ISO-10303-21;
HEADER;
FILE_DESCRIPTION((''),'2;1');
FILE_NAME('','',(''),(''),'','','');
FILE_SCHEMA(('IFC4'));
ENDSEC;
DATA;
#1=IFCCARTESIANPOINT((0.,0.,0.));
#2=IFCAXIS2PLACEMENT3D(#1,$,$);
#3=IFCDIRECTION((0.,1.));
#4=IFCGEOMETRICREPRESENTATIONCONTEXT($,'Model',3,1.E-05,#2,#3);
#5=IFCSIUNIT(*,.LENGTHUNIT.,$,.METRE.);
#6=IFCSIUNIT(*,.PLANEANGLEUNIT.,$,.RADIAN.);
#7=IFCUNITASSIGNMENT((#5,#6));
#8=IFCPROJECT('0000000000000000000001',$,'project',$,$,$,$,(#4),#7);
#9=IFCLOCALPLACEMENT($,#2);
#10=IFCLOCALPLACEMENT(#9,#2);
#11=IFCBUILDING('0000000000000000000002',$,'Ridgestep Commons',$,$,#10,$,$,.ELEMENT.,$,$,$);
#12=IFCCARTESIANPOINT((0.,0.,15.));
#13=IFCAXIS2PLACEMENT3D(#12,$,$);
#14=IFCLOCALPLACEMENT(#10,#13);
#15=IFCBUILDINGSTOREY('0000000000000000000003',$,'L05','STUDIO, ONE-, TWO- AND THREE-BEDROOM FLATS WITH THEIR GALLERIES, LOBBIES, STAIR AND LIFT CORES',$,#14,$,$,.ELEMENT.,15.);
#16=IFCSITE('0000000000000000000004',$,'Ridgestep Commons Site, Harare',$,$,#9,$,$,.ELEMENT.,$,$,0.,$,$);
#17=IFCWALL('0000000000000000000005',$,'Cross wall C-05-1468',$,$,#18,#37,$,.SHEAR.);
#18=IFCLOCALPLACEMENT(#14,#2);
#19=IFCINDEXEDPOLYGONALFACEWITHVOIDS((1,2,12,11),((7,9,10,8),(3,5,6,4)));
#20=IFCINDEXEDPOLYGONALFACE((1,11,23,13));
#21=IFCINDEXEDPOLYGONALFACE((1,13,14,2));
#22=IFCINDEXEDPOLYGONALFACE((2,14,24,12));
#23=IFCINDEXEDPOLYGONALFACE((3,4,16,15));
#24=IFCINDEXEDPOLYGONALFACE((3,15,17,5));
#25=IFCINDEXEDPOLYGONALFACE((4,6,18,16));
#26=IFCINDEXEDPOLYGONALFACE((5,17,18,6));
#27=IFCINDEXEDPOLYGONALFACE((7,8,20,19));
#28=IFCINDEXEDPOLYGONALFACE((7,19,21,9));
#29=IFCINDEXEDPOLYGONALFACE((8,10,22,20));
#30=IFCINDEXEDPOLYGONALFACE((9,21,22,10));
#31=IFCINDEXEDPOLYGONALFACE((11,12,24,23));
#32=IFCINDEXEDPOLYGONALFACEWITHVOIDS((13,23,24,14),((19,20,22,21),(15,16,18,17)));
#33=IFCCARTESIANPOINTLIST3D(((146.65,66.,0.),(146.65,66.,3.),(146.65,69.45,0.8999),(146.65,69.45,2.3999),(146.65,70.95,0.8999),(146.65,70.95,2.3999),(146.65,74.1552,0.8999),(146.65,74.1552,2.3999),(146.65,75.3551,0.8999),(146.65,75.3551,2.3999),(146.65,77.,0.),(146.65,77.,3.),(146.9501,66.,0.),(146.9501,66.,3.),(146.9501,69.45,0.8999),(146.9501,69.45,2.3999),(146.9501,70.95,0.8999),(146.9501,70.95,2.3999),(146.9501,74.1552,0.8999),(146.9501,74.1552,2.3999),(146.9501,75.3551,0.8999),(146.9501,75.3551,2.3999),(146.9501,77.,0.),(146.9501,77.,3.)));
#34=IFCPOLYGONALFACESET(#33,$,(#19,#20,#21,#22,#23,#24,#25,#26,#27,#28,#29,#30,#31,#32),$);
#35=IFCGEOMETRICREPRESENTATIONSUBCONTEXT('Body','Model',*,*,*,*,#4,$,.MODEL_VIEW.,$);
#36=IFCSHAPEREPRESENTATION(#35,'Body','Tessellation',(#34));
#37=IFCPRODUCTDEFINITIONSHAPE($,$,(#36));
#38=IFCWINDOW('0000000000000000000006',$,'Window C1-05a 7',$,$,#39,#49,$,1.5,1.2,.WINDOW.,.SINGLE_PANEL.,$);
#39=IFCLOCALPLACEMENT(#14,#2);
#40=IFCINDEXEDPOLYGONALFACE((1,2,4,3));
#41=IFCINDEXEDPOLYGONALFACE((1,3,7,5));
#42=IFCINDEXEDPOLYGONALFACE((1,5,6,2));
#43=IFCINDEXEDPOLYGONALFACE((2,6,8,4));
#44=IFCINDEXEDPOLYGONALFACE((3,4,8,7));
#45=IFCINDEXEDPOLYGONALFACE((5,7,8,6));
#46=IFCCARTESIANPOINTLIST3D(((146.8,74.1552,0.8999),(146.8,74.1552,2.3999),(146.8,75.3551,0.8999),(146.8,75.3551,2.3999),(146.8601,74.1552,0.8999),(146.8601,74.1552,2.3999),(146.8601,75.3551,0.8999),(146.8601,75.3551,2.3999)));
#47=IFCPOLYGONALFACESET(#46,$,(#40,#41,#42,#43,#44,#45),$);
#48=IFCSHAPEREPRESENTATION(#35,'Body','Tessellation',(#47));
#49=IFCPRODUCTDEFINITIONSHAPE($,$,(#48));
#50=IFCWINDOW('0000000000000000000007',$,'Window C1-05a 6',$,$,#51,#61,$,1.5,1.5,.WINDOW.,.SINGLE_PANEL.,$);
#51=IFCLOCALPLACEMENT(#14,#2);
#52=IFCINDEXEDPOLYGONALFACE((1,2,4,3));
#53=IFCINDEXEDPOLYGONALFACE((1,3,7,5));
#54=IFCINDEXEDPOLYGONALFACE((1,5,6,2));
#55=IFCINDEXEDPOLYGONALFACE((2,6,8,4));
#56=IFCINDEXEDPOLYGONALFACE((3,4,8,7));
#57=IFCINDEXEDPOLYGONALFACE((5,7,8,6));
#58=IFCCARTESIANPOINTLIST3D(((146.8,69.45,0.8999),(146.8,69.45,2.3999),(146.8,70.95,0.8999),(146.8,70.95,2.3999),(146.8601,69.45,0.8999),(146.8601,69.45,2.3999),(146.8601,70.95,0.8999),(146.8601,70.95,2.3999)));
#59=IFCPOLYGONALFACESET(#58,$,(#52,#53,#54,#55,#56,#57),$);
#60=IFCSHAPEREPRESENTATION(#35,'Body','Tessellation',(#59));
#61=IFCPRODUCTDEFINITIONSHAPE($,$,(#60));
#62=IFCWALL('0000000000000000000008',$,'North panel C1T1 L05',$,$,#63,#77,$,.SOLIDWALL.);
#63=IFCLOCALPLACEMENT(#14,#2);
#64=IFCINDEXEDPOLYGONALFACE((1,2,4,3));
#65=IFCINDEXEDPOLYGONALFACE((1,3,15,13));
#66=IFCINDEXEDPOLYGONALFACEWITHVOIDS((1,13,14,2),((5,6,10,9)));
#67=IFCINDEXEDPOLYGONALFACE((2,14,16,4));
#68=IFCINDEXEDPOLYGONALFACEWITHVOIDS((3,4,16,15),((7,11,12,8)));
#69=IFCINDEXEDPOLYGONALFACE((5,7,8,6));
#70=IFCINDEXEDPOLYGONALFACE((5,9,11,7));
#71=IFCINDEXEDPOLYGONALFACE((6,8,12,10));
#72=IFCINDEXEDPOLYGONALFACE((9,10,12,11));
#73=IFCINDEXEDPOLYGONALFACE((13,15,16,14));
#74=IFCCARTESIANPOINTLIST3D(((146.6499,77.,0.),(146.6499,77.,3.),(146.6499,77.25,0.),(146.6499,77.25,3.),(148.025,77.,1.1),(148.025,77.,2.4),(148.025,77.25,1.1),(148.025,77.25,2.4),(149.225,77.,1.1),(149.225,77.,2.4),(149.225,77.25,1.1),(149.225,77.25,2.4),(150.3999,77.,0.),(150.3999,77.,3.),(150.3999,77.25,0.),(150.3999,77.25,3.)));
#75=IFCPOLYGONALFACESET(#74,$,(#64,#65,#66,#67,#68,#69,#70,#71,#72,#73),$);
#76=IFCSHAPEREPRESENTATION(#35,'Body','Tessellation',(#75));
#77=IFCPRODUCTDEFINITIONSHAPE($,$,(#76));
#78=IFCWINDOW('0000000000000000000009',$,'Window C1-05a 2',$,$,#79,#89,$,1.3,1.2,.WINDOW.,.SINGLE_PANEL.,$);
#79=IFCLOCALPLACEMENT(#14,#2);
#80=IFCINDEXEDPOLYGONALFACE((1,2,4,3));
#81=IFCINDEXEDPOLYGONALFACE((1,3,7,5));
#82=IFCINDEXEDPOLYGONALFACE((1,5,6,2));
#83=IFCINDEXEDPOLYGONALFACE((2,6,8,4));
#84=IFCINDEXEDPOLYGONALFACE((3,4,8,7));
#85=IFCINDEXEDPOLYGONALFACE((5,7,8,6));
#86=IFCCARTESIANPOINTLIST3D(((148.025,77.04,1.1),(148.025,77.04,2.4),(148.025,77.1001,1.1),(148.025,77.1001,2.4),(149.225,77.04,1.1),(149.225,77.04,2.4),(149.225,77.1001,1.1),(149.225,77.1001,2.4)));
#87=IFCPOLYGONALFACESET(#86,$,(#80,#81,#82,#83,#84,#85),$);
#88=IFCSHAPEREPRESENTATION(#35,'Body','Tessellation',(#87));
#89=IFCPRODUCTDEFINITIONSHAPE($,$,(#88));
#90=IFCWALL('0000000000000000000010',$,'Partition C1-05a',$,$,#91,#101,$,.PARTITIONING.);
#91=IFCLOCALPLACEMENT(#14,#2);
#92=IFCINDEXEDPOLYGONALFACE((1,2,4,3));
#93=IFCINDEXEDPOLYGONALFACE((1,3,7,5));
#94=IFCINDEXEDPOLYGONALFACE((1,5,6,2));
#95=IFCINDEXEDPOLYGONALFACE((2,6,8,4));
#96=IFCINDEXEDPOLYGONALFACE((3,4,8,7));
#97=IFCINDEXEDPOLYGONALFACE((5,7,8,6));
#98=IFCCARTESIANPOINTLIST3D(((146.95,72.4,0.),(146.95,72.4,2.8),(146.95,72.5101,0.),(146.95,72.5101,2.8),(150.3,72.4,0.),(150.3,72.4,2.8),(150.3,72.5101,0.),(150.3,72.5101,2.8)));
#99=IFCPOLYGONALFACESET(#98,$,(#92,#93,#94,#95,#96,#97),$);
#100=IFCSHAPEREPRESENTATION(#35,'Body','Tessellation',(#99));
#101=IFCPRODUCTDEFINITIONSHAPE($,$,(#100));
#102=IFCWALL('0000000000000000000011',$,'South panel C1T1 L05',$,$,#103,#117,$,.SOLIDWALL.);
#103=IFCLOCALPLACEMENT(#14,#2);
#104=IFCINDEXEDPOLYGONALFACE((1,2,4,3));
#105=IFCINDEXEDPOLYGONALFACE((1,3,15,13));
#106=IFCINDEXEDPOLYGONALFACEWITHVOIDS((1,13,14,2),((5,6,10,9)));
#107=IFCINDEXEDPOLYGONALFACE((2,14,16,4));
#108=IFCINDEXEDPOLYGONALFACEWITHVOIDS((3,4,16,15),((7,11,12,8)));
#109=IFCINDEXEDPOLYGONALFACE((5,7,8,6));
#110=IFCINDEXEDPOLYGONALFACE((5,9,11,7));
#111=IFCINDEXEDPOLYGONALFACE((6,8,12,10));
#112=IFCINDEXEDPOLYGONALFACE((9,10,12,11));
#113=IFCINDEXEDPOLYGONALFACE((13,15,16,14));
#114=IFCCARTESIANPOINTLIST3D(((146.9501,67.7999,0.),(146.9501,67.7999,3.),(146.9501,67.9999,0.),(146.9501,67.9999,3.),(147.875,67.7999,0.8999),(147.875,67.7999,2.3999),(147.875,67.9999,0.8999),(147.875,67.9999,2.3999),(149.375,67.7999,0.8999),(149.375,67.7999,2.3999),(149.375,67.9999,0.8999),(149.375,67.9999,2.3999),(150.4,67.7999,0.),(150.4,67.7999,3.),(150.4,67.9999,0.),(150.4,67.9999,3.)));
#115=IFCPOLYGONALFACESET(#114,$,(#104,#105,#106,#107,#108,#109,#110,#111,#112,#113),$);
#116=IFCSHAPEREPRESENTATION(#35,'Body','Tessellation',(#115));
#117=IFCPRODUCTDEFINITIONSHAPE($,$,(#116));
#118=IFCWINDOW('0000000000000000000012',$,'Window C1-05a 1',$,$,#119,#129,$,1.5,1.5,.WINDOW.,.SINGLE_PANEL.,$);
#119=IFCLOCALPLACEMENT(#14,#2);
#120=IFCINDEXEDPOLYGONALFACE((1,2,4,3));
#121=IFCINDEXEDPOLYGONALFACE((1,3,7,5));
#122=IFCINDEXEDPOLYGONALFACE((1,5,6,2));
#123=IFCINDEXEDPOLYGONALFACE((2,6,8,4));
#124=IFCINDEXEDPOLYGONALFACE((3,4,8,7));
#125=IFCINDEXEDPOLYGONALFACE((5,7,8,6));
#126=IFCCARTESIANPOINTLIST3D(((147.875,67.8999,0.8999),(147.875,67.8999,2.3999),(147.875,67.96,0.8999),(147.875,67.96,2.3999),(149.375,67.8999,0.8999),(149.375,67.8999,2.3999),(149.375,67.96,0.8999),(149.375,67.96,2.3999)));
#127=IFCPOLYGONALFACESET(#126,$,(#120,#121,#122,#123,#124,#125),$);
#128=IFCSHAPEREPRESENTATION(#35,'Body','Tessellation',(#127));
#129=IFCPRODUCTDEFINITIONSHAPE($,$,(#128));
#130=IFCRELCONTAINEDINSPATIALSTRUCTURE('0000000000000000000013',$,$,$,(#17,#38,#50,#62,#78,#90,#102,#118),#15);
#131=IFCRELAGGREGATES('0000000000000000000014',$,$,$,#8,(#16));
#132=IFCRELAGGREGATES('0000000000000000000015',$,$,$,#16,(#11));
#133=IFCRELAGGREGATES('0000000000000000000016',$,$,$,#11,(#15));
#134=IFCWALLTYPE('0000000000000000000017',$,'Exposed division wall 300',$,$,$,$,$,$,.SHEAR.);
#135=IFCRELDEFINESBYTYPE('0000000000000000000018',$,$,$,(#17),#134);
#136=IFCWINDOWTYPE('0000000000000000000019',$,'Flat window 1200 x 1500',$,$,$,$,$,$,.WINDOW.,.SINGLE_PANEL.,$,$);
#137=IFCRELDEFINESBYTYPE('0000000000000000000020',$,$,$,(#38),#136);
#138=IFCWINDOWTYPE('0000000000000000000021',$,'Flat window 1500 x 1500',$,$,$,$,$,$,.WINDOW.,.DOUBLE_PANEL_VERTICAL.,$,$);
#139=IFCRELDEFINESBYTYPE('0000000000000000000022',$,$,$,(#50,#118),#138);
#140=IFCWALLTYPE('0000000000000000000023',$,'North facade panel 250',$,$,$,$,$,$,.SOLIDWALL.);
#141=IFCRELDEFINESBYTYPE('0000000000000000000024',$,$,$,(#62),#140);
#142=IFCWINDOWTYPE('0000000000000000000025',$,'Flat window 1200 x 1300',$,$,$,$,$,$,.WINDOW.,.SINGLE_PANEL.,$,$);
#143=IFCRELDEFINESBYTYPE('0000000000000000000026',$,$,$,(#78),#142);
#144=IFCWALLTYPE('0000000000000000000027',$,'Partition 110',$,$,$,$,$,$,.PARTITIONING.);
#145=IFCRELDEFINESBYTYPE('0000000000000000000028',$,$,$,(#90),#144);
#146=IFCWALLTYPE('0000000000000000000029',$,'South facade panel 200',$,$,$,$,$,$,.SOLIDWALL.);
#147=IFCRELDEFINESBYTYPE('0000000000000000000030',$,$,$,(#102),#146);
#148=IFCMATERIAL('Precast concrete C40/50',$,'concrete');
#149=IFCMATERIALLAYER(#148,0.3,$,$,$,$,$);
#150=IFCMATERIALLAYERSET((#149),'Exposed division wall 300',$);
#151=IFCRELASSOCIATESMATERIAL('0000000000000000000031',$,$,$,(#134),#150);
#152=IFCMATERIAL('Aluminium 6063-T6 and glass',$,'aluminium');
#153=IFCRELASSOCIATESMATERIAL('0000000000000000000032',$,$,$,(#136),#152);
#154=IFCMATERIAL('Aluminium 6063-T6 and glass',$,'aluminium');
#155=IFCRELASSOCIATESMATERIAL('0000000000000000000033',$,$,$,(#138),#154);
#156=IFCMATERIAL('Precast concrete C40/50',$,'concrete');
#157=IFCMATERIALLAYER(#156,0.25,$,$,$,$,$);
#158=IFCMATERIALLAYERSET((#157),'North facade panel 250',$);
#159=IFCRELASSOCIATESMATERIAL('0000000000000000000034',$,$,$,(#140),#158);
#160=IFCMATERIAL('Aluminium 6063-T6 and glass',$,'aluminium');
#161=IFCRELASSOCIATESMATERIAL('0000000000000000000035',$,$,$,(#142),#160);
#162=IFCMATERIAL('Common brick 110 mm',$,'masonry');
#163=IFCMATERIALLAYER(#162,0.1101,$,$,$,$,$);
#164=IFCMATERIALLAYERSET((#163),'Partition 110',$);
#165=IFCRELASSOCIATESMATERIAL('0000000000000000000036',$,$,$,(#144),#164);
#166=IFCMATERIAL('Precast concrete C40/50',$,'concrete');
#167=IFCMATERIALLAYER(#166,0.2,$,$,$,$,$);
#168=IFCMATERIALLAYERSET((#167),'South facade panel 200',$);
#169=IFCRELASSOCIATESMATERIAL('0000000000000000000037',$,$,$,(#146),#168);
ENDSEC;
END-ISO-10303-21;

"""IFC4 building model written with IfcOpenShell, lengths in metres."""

from ifc_helpers import new_model, si_unit, direction, frame, frame_2d, origin, place, context, subcontext, project, spatial, rectangle, extrude, material, layer, layer_set, type_object, element, fill, save


model = new_model("IFC4")

# Units and contexts
model_context = context("Model", 3, precision=1e-05, world=origin(), true_north=direction((0.0, 1.0)))
body_context = subcontext(model_context, "Body", "Model", "MODEL_VIEW")
ifc_project = project(units=[si_unit("LENGTHUNIT", "METRE"), si_unit("PLANEANGLEUNIT", "RADIAN")], contexts=[model_context])

# Site, building, storey
site_placement = place(None, origin())
site = spatial("IfcSite", under=ifc_project, at=site_placement, Name="Ridgestep Commons Site, Harare", CompositionType="ELEMENT", RefElevation=0.0)
building_placement = place(site_placement, origin())
building = spatial("IfcBuilding", under=site, at=building_placement, Name="Ridgestep Commons", CompositionType="ELEMENT")
storey_placement = place(building_placement, frame((0.0, 0.0, 15.0)))
storey = spatial("IfcBuildingStorey", under=building, at=storey_placement, Name="L05", Description="STUDIO, ONE-, TWO- AND THREE-BEDROOM FLATS WITH THEIR GALLERIES, LOBBIES, STAIR AND LIFT CORES", CompositionType="ELEMENT", Elevation=15.0)

# Wall, openings, windows
ifc_material_1 = material(Name="Precast concrete C40/50", Category="concrete")
ifc_layer_1 = layer(ifc_material_1, 0.3)
ifc_layer_set_1 = layer_set([ifc_layer_1], Name="Exposed division wall 300")
wall_type_1 = type_object("IfcWallType", Name="Exposed division wall 300", PredefinedType="SHEAR", material=ifc_layer_set_1)
wall_1_placement = place(storey_placement, frame((146.8, 66.0, 0.0), z_axis=(0.0, 0.0, 1.0), x_axis=(0.0, 1.0, 0.0)))
wall_1 = element("IfcWall", 1, at=wall_1_placement, inside=storey, type_object=wall_type_1, Name="Cross wall C-05-1468", PredefinedType="SHEAR", context=body_context, shape_type="SweptSolid", body=[
    extrude(rectangle(XDim=11.0, YDim=0.3, at=frame_2d((5.5, 0.0))), origin(), (0.0, 0.0, 1.0), 3.0),
])
opening_1_placement = place(wall_1_placement, frame((3.45, 0.0, 0.8999)))
opening_1 = element("IfcOpeningElement", 2, at=opening_1_placement, cuts=wall_1, PredefinedType="OPENING", context=body_context, shape_type="SweptSolid", body=[
    extrude(rectangle(XDim=1.5, YDim=1.5, at=frame_2d((0.75, 0.75))), frame((0.0, 0.1599, 0.0), z_axis=(0.0, -1.0, 0.0), x_axis=(1.0, 0.0, 0.0)), (0.0, 0.0, 1.0), 0.3201),
])
opening_2_placement = place(wall_1_placement, frame((8.155, 0.0, 0.8999)))
opening_2 = element("IfcOpeningElement", 3, at=opening_2_placement, cuts=wall_1, PredefinedType="OPENING", context=body_context, shape_type="SweptSolid", body=[
    extrude(rectangle(XDim=1.2, YDim=1.5, at=frame_2d((0.6001, 0.75))), frame((0.0, 0.1599, 0.0), z_axis=(0.0, -1.0, 0.0), x_axis=(1.0, 0.0, 0.0)), (0.0, 0.0, 1.0), 0.3201),
])
ifc_material_2 = material(Name="Aluminium 6063-T6 and glass", Category="aluminium")
window_type_1 = type_object("IfcWindowType", Name="Flat window 1200 x 1500", PartitioningType="SINGLE_PANEL", PredefinedType="WINDOW", material=ifc_material_2)
window_1_placement = place(opening_2_placement, origin())
window_1 = element("IfcWindow", 4, at=window_1_placement, inside=storey, type_object=window_type_1, Name="Window C1-05a 7", OverallHeight=1.5, OverallWidth=1.2, PartitioningType="SINGLE_PANEL", PredefinedType="WINDOW", context=body_context, shape_type="SweptSolid", body=[
    extrude(rectangle(XDim=1.2, YDim=1.5, at=frame_2d((0.6001, 0.75))), frame((0.0, 0.0, 0.0), z_axis=(0.0, -1.0, 0.0), x_axis=(1.0, 0.0, 0.0)), (0.0, 0.0, 1.0), 0.0601),
])
fill(opening_2, window_1)
ifc_material_3 = material(Name="Aluminium 6063-T6 and glass", Category="aluminium")
window_type_2 = type_object("IfcWindowType", Name="Flat window 1500 x 1500", PartitioningType="DOUBLE_PANEL_VERTICAL", PredefinedType="WINDOW", material=ifc_material_3)
window_2_placement = place(opening_1_placement, origin())
window_2 = element("IfcWindow", 5, at=window_2_placement, inside=storey, type_object=window_type_2, Name="Window C1-05a 6", OverallHeight=1.5, OverallWidth=1.5, PartitioningType="SINGLE_PANEL", PredefinedType="WINDOW", context=body_context, shape_type="SweptSolid", body=[
    extrude(rectangle(XDim=1.5, YDim=1.5, at=frame_2d((0.75, 0.75))), frame((0.0, 0.0, 0.0), z_axis=(0.0, -1.0, 0.0), x_axis=(1.0, 0.0, 0.0)), (0.0, 0.0, 1.0), 0.0601),
])
fill(opening_1, window_2)

# Wall, opening, window
ifc_material_4 = material(Name="Precast concrete C40/50", Category="concrete")
ifc_layer_2 = layer(ifc_material_4, 0.25)
ifc_layer_set_2 = layer_set([ifc_layer_2], Name="North facade panel 250")
wall_type_2 = type_object("IfcWallType", Name="North facade panel 250", PredefinedType="SOLIDWALL", material=ifc_layer_set_2)
wall_2_placement = place(storey_placement, frame((146.6499, 77.125, 0.0), z_axis=(0.0, 0.0, 1.0), x_axis=(1.0, 0.0, 0.0)))
wall_2 = element("IfcWall", 6, at=wall_2_placement, inside=storey, type_object=wall_type_2, Name="North panel C1T1 L05", PredefinedType="SOLIDWALL", context=body_context, shape_type="SweptSolid", body=[
    extrude(rectangle(XDim=3.75, YDim=0.25, at=frame_2d((1.875, 0.0))), origin(), (0.0, 0.0, 1.0), 3.0),
])
opening_3_placement = place(wall_2_placement, frame((1.375, 0.0, 1.1001)))
opening_3 = element("IfcOpeningElement", 7, at=opening_3_placement, cuts=wall_2, PredefinedType="OPENING", context=body_context, shape_type="SweptSolid", body=[
    extrude(rectangle(XDim=1.2, YDim=1.3, at=frame_2d((0.6001, 0.6499))), frame((0.0, 0.135, 0.0), z_axis=(0.0, -1.0, 0.0), x_axis=(1.0, 0.0, 0.0)), (0.0, 0.0, 1.0), 0.27),
])
ifc_material_5 = material(Name="Aluminium 6063-T6 and glass", Category="aluminium")
window_type_3 = type_object("IfcWindowType", Name="Flat window 1200 x 1300", PartitioningType="SINGLE_PANEL", PredefinedType="WINDOW", material=ifc_material_5)
window_3_placement = place(opening_3_placement, origin())
window_3 = element("IfcWindow", 8, at=window_3_placement, inside=storey, type_object=window_type_3, Name="Window C1-05a 2", OverallHeight=1.3, OverallWidth=1.2, PartitioningType="SINGLE_PANEL", PredefinedType="WINDOW", context=body_context, shape_type="SweptSolid", body=[
    extrude(rectangle(XDim=1.2, YDim=1.3, at=frame_2d((0.6001, 0.6499))), frame((0.0, -0.0249, 0.0), z_axis=(0.0, -1.0, 0.0), x_axis=(1.0, 0.0, 0.0)), (0.0, 0.0, 1.0), 0.0601),
])
fill(opening_3, window_3)

# Wall
ifc_material_6 = material(Name="Common brick 110 mm", Category="masonry")
ifc_layer_3 = layer(ifc_material_6, 0.1101)
ifc_layer_set_3 = layer_set([ifc_layer_3], Name="Partition 110")
wall_type_3 = type_object("IfcWallType", Name="Partition 110", PredefinedType="PARTITIONING", material=ifc_layer_set_3)
wall_3_placement = place(storey_placement, frame((146.95, 72.4551, 0.0), z_axis=(0.0, 0.0, 1.0), x_axis=(1.0, 0.0, 0.0)))
element("IfcWall", 9, at=wall_3_placement, inside=storey, type_object=wall_type_3, Name="Partition C1-05a", PredefinedType="PARTITIONING", context=body_context, shape_type="SweptSolid", body=[
    extrude(rectangle(XDim=3.3501, YDim=0.1101, at=frame_2d((1.675, 0.0))), origin(), (0.0, 0.0, 1.0), 2.8),
])

# Wall, opening, window
ifc_material_7 = material(Name="Precast concrete C40/50", Category="concrete")
ifc_layer_4 = layer(ifc_material_7, 0.2)
ifc_layer_set_4 = layer_set([ifc_layer_4], Name="South facade panel 200")
wall_type_4 = type_object("IfcWallType", Name="South facade panel 200", PredefinedType="SOLIDWALL", material=ifc_layer_set_4)
wall_4_placement = place(storey_placement, frame((146.95, 67.8999, 0.0), z_axis=(0.0, 0.0, 1.0), x_axis=(1.0, 0.0, 0.0)))
wall_4 = element("IfcWall", 10, at=wall_4_placement, inside=storey, type_object=wall_type_4, Name="South panel C1T1 L05", PredefinedType="SOLIDWALL", context=body_context, shape_type="SweptSolid", body=[
    extrude(rectangle(XDim=3.45, YDim=0.2, at=frame_2d((1.7251, 0.0))), origin(), (0.0, 0.0, 1.0), 3.0),
])
opening_4_placement = place(wall_4_placement, frame((0.925, 0.0, 0.8999)))
opening_4 = element("IfcOpeningElement", 11, at=opening_4_placement, cuts=wall_4, PredefinedType="OPENING", context=body_context, shape_type="SweptSolid", body=[
    extrude(rectangle(XDim=1.5, YDim=1.5, at=frame_2d((0.75, 0.75))), frame((0.0, 0.1099, 0.0), z_axis=(0.0, -1.0, 0.0), x_axis=(1.0, 0.0, 0.0)), (0.0, 0.0, 1.0), 0.22),
])
window_4_placement = place(opening_4_placement, origin())
window_4 = element("IfcWindow", 12, at=window_4_placement, inside=storey, type_object=window_type_2, Name="Window C1-05a 1", OverallHeight=1.5, OverallWidth=1.5, PartitioningType="SINGLE_PANEL", PredefinedType="WINDOW", context=body_context, shape_type="SweptSolid", body=[
    extrude(rectangle(XDim=1.5, YDim=1.5, at=frame_2d((0.75, 0.75))), frame((0.0, 0.0601, 0.0), z_axis=(0.0, -1.0, 0.0), x_axis=(1.0, 0.0, 0.0)), (0.0, 0.0, 1.0), 0.0601),
])
fill(opening_4, window_4)

save(model, "model.ifc")
